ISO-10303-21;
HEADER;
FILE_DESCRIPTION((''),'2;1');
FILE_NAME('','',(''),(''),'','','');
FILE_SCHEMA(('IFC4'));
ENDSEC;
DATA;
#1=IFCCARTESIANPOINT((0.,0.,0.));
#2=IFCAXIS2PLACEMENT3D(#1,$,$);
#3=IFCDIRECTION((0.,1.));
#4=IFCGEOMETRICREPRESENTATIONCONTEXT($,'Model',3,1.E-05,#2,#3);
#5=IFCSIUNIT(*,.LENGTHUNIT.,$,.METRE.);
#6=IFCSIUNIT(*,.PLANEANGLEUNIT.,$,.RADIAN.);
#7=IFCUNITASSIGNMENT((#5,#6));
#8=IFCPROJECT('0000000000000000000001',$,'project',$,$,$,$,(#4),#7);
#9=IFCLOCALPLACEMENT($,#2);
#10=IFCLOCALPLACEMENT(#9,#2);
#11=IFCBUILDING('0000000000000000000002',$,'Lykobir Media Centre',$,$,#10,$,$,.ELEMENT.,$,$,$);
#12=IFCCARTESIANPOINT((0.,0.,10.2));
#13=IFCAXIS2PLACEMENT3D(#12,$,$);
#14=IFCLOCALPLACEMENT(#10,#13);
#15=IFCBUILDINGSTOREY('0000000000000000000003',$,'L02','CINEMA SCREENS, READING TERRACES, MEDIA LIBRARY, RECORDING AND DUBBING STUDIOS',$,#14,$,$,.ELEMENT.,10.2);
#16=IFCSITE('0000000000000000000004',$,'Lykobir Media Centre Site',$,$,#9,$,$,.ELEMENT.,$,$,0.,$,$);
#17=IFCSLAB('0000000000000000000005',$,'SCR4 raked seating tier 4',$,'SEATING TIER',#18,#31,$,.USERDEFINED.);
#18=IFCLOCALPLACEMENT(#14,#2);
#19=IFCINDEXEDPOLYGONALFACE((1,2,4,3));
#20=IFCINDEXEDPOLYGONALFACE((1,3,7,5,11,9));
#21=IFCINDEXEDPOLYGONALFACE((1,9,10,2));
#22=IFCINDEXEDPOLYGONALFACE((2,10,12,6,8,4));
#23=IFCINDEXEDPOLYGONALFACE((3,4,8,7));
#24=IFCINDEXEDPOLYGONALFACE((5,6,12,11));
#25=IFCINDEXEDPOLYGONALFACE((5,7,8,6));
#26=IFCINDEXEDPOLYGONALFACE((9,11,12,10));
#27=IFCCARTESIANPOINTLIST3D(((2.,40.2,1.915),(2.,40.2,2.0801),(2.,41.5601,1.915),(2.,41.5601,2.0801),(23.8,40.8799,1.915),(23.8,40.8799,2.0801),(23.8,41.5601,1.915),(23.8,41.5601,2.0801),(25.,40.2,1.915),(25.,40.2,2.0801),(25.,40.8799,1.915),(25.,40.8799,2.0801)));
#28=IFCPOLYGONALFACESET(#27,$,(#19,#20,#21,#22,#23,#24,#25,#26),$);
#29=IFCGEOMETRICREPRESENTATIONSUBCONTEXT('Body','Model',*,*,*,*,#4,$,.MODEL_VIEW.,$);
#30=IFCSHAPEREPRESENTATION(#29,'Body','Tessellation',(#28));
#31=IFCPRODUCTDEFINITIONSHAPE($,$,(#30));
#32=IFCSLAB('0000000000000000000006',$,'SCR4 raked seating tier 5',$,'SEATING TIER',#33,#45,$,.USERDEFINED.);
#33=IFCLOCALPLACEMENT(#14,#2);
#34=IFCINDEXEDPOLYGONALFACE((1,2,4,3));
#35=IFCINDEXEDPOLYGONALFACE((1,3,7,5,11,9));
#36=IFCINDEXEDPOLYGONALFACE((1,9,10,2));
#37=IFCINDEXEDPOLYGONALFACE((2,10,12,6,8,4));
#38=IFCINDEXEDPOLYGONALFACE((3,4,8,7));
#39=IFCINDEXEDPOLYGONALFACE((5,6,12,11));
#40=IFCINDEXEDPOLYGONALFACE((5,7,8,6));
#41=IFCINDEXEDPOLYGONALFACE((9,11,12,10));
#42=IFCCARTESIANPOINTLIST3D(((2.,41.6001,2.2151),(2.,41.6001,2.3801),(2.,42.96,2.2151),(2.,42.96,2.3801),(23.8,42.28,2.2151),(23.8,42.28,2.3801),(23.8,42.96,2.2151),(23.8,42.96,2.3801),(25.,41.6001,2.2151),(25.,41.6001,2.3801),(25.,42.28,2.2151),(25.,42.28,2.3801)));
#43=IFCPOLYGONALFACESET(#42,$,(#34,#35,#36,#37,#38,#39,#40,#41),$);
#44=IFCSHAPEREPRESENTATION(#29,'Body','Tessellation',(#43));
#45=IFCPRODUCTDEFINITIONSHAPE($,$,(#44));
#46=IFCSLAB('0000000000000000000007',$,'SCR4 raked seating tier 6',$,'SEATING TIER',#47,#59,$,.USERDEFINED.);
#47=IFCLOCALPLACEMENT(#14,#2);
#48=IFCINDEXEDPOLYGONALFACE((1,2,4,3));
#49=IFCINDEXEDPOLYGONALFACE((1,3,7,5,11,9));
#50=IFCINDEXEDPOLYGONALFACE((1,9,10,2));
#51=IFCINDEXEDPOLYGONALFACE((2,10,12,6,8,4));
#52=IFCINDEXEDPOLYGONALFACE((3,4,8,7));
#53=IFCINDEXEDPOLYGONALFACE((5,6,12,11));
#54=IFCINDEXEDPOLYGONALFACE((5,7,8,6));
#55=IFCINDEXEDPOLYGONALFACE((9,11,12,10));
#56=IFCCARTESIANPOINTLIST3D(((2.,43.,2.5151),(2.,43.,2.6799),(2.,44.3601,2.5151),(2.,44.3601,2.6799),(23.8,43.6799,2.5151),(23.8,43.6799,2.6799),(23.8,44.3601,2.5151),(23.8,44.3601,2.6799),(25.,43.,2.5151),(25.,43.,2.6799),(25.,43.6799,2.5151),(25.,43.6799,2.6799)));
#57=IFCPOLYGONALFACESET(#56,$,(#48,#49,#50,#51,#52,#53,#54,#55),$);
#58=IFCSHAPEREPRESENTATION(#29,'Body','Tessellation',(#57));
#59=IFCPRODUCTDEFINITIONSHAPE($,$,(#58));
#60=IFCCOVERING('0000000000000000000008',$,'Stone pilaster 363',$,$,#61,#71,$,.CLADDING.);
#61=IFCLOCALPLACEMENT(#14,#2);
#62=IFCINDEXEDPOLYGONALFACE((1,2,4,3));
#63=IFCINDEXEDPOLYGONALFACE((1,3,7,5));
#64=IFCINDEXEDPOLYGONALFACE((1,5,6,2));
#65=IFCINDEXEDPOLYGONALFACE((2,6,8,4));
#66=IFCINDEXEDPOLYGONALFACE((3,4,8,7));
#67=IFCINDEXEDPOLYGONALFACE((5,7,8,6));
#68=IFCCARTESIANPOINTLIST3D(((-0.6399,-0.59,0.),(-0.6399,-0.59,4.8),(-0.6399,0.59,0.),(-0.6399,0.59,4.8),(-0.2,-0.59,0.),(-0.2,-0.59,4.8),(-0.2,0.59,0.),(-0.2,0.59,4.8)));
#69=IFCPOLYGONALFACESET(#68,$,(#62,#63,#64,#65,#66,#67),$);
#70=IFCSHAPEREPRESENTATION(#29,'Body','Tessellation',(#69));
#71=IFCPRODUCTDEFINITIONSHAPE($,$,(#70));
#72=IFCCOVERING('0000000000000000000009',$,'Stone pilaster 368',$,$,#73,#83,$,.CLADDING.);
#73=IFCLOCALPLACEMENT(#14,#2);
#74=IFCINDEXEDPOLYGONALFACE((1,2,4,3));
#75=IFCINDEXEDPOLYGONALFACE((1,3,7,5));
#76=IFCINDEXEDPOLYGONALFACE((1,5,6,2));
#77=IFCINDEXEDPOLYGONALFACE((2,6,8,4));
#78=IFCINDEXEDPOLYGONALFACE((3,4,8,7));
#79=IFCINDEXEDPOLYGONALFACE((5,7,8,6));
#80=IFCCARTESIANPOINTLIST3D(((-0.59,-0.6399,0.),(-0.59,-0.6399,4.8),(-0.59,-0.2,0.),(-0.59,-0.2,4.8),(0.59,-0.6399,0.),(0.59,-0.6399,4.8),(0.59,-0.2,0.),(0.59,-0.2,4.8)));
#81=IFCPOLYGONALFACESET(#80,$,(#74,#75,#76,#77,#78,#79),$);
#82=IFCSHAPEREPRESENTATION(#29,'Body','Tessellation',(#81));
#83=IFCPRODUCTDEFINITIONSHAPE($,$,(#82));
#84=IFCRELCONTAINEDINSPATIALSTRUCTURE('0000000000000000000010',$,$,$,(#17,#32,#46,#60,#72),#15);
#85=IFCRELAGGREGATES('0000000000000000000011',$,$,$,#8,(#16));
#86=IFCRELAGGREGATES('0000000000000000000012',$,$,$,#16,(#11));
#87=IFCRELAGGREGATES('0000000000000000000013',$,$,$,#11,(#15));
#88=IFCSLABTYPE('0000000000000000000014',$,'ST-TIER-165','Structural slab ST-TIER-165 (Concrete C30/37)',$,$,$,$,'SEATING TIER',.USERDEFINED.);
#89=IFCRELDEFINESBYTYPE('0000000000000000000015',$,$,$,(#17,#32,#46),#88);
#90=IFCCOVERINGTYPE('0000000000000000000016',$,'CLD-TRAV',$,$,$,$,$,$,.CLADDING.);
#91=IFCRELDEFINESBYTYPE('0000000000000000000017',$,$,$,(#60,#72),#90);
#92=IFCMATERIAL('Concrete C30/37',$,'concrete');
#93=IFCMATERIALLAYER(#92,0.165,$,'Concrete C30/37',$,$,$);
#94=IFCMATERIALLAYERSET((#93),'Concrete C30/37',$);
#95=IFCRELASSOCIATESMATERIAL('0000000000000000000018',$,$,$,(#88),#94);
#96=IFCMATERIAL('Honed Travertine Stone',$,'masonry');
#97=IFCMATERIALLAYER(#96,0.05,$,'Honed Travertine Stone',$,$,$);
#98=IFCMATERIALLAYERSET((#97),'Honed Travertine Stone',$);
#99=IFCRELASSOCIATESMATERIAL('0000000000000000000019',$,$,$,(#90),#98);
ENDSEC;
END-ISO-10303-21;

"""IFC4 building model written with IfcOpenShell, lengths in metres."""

from ifc_helpers import new_model, si_unit, direction, frame, origin, origin_2d, place, context, subcontext, project, spatial, polyline, rectangle, outline, extrude, material, layer, layer_set, type_object, element, save


model = new_model("IFC4")

# Units and contexts
model_context = context("Model", 3, precision=1e-05, world=origin(), true_north=direction((0.0, 1.0)))
body_context = subcontext(model_context, "Body", "Model", "MODEL_VIEW")
ifc_project = project(units=[si_unit("LENGTHUNIT", "METRE"), si_unit("PLANEANGLEUNIT", "RADIAN")], contexts=[model_context])

# Site, building, storey
site_placement = place(None, origin())
site = spatial("IfcSite", under=ifc_project, at=site_placement, Name="Lykobir Media Centre Site", CompositionType="ELEMENT", RefElevation=0.0)
building_placement = place(site_placement, origin())
building = spatial("IfcBuilding", under=site, at=building_placement, Name="Lykobir Media Centre", CompositionType="ELEMENT")
storey_placement = place(building_placement, frame((0.0, 0.0, 10.2)))
storey = spatial("IfcBuildingStorey", under=building, at=storey_placement, Name="L02", Description="CINEMA SCREENS, READING TERRACES, MEDIA LIBRARY, RECORDING AND DUBBING STUDIOS", CompositionType="ELEMENT", Elevation=10.2)

# Shared definitions
ifc_material_1 = material(Name="Concrete C30/37", Category="concrete")

# Slabs
ifc_layer_1 = layer(ifc_material_1, 0.165, Name="Concrete C30/37")
ifc_layer_set_1 = layer_set([ifc_layer_1], Name="Concrete C30/37")
slab_type_1 = type_object("IfcSlabType", Name="ST-TIER-165", Description="Structural slab ST-TIER-165 (Concrete C30/37)", ElementType="SEATING TIER", PredefinedType="USERDEFINED", material=ifc_layer_set_1)
slab_1_placement = place(storey_placement, frame((0.0, 0.0, 1.915)))
element("IfcSlab", 1, at=slab_1_placement, inside=storey, type_object=slab_type_1, Name="SCR4 raked seating tier 4", ObjectType="SEATING TIER", PredefinedType="USERDEFINED", context=body_context, shape_type="SweptSolid", body=[
    extrude(outline(polyline([(2.0, 40.2), (25.0, 40.2), (25.0, 40.8799), (23.8, 40.8799), (23.8, 41.5601), (2.0, 41.5601), (2.0, 40.2)])), origin(), (0.0, 0.0, 1.0), 0.165),
])
slab_2_placement = place(storey_placement, frame((0.0, 0.0, 2.2151)))
element("IfcSlab", 2, at=slab_2_placement, inside=storey, type_object=slab_type_1, Name="SCR4 raked seating tier 5", ObjectType="SEATING TIER", PredefinedType="USERDEFINED", context=body_context, shape_type="SweptSolid", body=[
    extrude(outline(polyline([(2.0, 41.6001), (25.0, 41.6001), (25.0, 42.28), (23.8, 42.28), (23.8, 42.96), (2.0, 42.96), (2.0, 41.6001)])), origin(), (0.0, 0.0, 1.0), 0.165),
])
slab_3_placement = place(storey_placement, frame((0.0, 0.0, 2.5151)))
element("IfcSlab", 3, at=slab_3_placement, inside=storey, type_object=slab_type_1, Name="SCR4 raked seating tier 6", ObjectType="SEATING TIER", PredefinedType="USERDEFINED", context=body_context, shape_type="SweptSolid", body=[
    extrude(outline(polyline([(2.0, 43.0), (25.0, 43.0), (25.0, 43.6799), (23.8, 43.6799), (23.8, 44.3601), (2.0, 44.3601), (2.0, 43.0)])), origin(), (0.0, 0.0, 1.0), 0.1648),
])

# Coverings
ifc_material_2 = material(Name="Honed Travertine Stone", Category="masonry")
ifc_layer_2 = layer(ifc_material_2, 0.05, Name="Honed Travertine Stone")
ifc_layer_set_2 = layer_set([ifc_layer_2], Name="Honed Travertine Stone")
covering_type = type_object("IfcCoveringType", Name="CLD-TRAV", PredefinedType="CLADDING", material=ifc_layer_set_2)
for number, where, z_axis, x_axis, name in (
    (4, (-0.4199, 0.0, 0.0), (0.0, 0.0, 1.0), (0.0, -1.0, 0.0), "Stone pilaster 363"),
    (5, (0.0, -0.4199, 0.0), (0.0, 0.0, 1.0), (1.0, 0.0, 0.0), "Stone pilaster 368"),
):
    element("IfcCovering", number, at=place(storey_placement, frame(where, z_axis=z_axis, x_axis=x_axis)), inside=storey, type_object=covering_type, Name=name, PredefinedType="CLADDING", context=body_context, shape_type="SweptSolid", body=[
        extrude(rectangle(XDim=1.1799, YDim=0.4399, at=origin_2d()), origin(), (0.0, 0.0, 1.0), 4.8),
    ])

save(model, "model.ifc")
